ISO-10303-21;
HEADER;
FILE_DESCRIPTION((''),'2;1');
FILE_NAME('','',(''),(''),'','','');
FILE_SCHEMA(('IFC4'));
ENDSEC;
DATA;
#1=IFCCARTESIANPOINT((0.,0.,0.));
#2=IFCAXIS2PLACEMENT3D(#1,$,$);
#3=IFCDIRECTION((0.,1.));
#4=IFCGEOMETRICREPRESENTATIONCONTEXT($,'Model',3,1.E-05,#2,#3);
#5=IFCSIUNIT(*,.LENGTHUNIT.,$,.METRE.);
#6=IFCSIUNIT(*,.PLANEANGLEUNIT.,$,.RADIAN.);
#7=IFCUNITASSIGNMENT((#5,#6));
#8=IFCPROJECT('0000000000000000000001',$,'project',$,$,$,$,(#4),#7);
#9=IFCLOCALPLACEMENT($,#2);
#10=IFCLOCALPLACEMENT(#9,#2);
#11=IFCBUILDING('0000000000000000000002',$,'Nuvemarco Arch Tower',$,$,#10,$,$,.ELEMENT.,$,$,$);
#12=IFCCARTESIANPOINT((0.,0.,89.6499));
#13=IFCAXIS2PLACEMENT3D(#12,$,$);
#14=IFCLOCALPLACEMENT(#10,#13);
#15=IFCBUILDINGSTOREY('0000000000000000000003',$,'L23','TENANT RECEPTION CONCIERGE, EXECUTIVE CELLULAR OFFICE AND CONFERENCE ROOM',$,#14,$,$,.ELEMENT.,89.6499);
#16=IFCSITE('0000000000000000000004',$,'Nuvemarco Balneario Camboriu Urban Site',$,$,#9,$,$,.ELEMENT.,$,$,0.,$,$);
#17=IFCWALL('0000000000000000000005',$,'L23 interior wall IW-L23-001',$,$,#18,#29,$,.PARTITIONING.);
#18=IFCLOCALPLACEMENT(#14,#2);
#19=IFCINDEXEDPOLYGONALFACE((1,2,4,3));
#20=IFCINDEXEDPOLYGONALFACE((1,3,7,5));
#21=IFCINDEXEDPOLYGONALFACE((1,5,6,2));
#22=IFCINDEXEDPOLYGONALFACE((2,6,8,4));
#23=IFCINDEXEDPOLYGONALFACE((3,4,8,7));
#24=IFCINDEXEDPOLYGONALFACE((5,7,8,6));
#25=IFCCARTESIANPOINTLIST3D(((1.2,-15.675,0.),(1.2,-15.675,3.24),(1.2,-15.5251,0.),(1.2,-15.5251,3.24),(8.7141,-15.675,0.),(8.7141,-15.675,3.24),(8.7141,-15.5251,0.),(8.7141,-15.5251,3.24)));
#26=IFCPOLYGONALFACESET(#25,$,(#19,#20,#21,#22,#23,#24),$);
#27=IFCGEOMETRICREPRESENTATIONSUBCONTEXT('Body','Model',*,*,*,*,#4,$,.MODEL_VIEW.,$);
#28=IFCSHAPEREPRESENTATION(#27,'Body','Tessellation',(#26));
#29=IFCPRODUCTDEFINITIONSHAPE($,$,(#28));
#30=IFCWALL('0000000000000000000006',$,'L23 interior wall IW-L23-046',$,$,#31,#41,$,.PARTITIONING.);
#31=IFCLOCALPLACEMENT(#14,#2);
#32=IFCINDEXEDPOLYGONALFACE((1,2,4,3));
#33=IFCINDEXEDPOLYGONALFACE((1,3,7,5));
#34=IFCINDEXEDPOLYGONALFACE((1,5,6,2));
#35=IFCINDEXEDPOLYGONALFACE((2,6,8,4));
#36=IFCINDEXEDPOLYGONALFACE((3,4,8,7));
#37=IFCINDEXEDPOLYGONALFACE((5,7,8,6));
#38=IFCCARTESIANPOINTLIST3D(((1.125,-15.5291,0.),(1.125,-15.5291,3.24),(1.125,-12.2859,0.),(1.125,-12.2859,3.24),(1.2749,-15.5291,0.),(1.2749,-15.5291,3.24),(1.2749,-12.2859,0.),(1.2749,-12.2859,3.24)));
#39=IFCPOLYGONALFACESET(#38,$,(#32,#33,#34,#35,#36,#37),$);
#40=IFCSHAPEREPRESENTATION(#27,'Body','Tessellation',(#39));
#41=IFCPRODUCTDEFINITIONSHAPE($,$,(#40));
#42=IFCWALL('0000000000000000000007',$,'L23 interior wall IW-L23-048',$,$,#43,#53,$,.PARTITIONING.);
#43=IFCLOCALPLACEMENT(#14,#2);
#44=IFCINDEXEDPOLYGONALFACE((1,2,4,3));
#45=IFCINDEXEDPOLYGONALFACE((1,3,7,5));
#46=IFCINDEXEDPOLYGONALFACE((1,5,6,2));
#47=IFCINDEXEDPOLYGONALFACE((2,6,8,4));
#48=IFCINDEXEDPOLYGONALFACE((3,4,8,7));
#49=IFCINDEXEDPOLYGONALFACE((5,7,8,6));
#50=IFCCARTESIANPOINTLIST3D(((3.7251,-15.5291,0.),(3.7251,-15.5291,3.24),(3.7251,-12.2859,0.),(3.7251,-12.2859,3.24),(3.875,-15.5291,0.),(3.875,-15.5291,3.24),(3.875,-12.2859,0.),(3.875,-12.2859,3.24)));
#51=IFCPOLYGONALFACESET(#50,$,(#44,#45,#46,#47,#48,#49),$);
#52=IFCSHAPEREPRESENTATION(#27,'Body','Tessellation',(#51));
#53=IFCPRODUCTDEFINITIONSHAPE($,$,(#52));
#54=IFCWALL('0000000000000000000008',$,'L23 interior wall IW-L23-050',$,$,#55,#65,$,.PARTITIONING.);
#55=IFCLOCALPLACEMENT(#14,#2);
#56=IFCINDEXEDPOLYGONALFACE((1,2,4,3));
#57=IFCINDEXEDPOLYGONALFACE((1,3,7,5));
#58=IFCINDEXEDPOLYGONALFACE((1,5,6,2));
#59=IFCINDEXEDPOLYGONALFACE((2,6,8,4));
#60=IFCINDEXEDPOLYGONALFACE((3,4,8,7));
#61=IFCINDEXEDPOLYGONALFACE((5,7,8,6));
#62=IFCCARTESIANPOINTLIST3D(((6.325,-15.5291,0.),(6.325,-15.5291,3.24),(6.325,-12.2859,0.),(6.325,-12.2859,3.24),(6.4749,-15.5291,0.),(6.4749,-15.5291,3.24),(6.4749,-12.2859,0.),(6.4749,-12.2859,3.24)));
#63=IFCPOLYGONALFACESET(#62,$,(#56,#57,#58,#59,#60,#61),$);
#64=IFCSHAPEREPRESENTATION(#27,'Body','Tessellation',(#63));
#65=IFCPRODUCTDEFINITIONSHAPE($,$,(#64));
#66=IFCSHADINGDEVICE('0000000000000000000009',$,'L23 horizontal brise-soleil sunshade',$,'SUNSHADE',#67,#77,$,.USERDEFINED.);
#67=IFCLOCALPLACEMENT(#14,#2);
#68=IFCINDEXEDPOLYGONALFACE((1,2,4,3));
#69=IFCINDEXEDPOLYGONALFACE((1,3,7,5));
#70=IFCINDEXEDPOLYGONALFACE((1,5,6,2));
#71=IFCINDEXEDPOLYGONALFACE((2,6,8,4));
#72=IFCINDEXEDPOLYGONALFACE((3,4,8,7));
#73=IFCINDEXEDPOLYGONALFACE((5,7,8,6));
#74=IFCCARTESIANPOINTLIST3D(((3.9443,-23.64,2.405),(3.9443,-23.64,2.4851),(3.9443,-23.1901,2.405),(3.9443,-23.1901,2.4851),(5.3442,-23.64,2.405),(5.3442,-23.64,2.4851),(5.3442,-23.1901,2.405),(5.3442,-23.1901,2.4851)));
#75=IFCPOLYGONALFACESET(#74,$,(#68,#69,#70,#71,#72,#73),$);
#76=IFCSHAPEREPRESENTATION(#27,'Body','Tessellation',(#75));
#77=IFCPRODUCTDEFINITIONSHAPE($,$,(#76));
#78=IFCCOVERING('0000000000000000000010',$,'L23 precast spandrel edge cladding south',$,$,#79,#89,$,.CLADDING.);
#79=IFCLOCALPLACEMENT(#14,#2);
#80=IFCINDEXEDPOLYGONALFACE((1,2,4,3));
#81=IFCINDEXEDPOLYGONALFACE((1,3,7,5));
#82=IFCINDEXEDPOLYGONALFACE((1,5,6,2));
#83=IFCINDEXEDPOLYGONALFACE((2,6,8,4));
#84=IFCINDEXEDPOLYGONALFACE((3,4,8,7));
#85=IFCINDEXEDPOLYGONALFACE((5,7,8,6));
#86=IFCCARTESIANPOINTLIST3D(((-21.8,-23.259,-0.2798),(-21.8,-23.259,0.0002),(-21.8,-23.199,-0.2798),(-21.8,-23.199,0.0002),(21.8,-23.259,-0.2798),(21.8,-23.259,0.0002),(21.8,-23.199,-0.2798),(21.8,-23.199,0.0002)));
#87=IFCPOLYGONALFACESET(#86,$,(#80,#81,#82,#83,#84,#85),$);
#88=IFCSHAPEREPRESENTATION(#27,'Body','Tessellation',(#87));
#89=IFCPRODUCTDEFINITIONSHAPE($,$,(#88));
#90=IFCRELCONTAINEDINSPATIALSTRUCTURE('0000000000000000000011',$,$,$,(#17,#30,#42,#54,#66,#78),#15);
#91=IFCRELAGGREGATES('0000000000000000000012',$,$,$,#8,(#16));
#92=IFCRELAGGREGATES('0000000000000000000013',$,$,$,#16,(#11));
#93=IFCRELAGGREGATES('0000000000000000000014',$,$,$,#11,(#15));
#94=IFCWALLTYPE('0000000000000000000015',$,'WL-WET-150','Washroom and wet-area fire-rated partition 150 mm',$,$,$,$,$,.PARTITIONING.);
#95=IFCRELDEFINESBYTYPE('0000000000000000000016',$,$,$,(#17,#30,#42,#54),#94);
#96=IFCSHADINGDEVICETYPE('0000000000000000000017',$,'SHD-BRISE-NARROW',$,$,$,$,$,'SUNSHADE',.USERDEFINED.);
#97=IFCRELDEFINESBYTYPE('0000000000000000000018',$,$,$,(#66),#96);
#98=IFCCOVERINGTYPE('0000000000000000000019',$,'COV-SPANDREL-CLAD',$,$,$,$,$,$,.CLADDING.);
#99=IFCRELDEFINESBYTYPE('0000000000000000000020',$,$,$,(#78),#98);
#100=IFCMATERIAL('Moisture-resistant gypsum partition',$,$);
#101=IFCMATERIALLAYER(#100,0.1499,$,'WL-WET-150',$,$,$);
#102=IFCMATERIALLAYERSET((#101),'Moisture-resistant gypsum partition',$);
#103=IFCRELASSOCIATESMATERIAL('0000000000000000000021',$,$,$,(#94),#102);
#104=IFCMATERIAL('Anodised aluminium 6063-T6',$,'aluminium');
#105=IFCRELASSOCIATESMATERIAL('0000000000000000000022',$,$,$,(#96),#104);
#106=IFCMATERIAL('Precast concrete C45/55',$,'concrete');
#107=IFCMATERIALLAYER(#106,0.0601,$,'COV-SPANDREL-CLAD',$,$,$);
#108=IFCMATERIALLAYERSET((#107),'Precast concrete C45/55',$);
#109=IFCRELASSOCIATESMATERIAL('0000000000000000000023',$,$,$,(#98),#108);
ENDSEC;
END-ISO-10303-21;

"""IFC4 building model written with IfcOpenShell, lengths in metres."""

from ifc_helpers import new_model, si_unit, direction, frame, frame_2d, origin, origin_2d, place, context, subcontext, project, spatial, rectangle, extrude, source, transform, mapped, material, layer, layer_set, type_object, type_shapes, element, save


model = new_model("IFC4")

# Units and contexts
model_context = context("Model", 3, precision=1e-05, world=origin(), true_north=direction((0.0, 1.0)))
body_context = subcontext(model_context, "Body", "Model", "MODEL_VIEW")
ifc_project = project(units=[si_unit("LENGTHUNIT", "METRE"), si_unit("PLANEANGLEUNIT", "RADIAN")], contexts=[model_context])

# Site, building, storey
site_placement = place(None, origin())
site = spatial("IfcSite", under=ifc_project, at=site_placement, Name="Nuvemarco Balneario Camboriu Urban Site", CompositionType="ELEMENT", RefElevation=0.0)
building_placement = place(site_placement, origin())
building = spatial("IfcBuilding", under=site, at=building_placement, Name="Nuvemarco Arch Tower", CompositionType="ELEMENT")
storey_placement = place(building_placement, frame((0.0, 0.0, 89.6499)))
storey = spatial("IfcBuildingStorey", under=building, at=storey_placement, Name="L23", Description="TENANT RECEPTION CONCIERGE, EXECUTIVE CELLULAR OFFICE AND CONFERENCE ROOM", CompositionType="ELEMENT", Elevation=89.6499)

# Shared definitions
ifc_material_1 = material(Name="Precast concrete C45/55", Category="concrete")

# Walls
ifc_material_2 = material(Name="Moisture-resistant gypsum partition")
ifc_layer_1 = layer(ifc_material_2, 0.1499, Name="WL-WET-150")
ifc_layer_set_1 = layer_set([ifc_layer_1], Name="Moisture-resistant gypsum partition")
wall_type_1 = type_object("IfcWallType", Name="WL-WET-150", Description="Washroom and wet-area fire-rated partition 150 mm", PredefinedType="PARTITIONING", material=ifc_layer_set_1)
wall_1_placement = place(storey_placement, frame((1.2, -15.6001, 0.0), z_axis=(0.0, 0.0, 1.0), x_axis=(1.0, 0.0, 0.0)))
element("IfcWall", 1, at=wall_1_placement, inside=storey, type_object=wall_type_1, Name="L23 interior wall IW-L23-001", PredefinedType="PARTITIONING", context=body_context, shape_type="SweptSolid", body=[
    extrude(rectangle(XDim=7.5142, YDim=0.1499, at=frame_2d((3.7571, 0.0))), origin(), (0.0, 0.0, 1.0), 3.24),
])
for number, where, z_axis, x_axis, name in (
    (2, (1.2, -15.5291, 0.0), (0.0, 0.0, 1.0), (0.0, 1.0, 0.0), "L23 interior wall IW-L23-046"),
    (3, (3.8, -15.5291, 0.0), (0.0, 0.0, 1.0), (0.0, 1.0, 0.0), "L23 interior wall IW-L23-048"),
    (4, (6.3999, -15.5291, 0.0), (0.0, 0.0, 1.0), (0.0, 1.0, 0.0), "L23 interior wall IW-L23-050"),
):
    element("IfcWall", number, at=place(storey_placement, frame(where, z_axis=z_axis, x_axis=x_axis)), inside=storey, type_object=wall_type_1, Name=name, PredefinedType="PARTITIONING", context=body_context, shape_type="SweptSolid", body=[
        extrude(rectangle(XDim=3.2432, YDim=0.1499, at=frame_2d((1.6216, 0.0))), origin(), (0.0, 0.0, 1.0), 3.24),
    ])

# Shading device
ifc_material_3 = material(Name="Anodised aluminium 6063-T6", Category="aluminium")
shading_device_type = type_object("IfcShadingDeviceType", Name="SHD-BRISE-NARROW", ElementType="SUNSHADE", PredefinedType="USERDEFINED", material=ifc_material_3)
shared_shape_1 = source(origin(), body_context, "Body", "SweptSolid", [
    extrude(rectangle(XDim=1.3999, YDim=0.45, at=origin_2d()), origin(), (0.0, 0.0, 1.0), 0.0801),
])
type_shapes(shading_device_type, [shared_shape_1])
shading_device_placement = place(storey_placement, frame((4.6443, -23.415, 2.405), z_axis=(0.0, 0.0, 1.0), x_axis=(1.0, 0.0, 0.0)))
element("IfcShadingDevice", 5, at=shading_device_placement, inside=storey, type_object=shading_device_type, Name="L23 horizontal brise-soleil sunshade", ObjectType="SUNSHADE", PredefinedType="USERDEFINED", context=body_context, shape_type="MappedRepresentation", body=[
    mapped(shared_shape_1, transform((0.0, 0.0, 0.0), scale=1.0)),
])

# Covering
ifc_layer_2 = layer(ifc_material_1, 0.0601, Name="COV-SPANDREL-CLAD")
ifc_layer_set_2 = layer_set([ifc_layer_2], Name="Precast concrete C45/55")
covering_type = type_object("IfcCoveringType", Name="COV-SPANDREL-CLAD", PredefinedType="CLADDING", material=ifc_layer_set_2)
shared_shape_2 = source(origin(), body_context, "Body", "SweptSolid", [
    extrude(rectangle(XDim=43.6001, YDim=0.0601, at=origin_2d()), origin(), (0.0, 0.0, 1.0), 0.28),
])
type_shapes(covering_type, [shared_shape_2])
covering_placement = place(storey_placement, frame((0.0, -23.229, -0.2798), z_axis=(0.0, 0.0, 1.0), x_axis=(1.0, 0.0, 0.0)))
element("IfcCovering", 6, at=covering_placement, inside=storey, type_object=covering_type, Name="L23 precast spandrel edge cladding south", PredefinedType="CLADDING", context=body_context, shape_type="MappedRepresentation", body=[
    mapped(shared_shape_2, transform((0.0, 0.0, 0.0), scale=1.0)),
])

save(model, "model.ifc")
